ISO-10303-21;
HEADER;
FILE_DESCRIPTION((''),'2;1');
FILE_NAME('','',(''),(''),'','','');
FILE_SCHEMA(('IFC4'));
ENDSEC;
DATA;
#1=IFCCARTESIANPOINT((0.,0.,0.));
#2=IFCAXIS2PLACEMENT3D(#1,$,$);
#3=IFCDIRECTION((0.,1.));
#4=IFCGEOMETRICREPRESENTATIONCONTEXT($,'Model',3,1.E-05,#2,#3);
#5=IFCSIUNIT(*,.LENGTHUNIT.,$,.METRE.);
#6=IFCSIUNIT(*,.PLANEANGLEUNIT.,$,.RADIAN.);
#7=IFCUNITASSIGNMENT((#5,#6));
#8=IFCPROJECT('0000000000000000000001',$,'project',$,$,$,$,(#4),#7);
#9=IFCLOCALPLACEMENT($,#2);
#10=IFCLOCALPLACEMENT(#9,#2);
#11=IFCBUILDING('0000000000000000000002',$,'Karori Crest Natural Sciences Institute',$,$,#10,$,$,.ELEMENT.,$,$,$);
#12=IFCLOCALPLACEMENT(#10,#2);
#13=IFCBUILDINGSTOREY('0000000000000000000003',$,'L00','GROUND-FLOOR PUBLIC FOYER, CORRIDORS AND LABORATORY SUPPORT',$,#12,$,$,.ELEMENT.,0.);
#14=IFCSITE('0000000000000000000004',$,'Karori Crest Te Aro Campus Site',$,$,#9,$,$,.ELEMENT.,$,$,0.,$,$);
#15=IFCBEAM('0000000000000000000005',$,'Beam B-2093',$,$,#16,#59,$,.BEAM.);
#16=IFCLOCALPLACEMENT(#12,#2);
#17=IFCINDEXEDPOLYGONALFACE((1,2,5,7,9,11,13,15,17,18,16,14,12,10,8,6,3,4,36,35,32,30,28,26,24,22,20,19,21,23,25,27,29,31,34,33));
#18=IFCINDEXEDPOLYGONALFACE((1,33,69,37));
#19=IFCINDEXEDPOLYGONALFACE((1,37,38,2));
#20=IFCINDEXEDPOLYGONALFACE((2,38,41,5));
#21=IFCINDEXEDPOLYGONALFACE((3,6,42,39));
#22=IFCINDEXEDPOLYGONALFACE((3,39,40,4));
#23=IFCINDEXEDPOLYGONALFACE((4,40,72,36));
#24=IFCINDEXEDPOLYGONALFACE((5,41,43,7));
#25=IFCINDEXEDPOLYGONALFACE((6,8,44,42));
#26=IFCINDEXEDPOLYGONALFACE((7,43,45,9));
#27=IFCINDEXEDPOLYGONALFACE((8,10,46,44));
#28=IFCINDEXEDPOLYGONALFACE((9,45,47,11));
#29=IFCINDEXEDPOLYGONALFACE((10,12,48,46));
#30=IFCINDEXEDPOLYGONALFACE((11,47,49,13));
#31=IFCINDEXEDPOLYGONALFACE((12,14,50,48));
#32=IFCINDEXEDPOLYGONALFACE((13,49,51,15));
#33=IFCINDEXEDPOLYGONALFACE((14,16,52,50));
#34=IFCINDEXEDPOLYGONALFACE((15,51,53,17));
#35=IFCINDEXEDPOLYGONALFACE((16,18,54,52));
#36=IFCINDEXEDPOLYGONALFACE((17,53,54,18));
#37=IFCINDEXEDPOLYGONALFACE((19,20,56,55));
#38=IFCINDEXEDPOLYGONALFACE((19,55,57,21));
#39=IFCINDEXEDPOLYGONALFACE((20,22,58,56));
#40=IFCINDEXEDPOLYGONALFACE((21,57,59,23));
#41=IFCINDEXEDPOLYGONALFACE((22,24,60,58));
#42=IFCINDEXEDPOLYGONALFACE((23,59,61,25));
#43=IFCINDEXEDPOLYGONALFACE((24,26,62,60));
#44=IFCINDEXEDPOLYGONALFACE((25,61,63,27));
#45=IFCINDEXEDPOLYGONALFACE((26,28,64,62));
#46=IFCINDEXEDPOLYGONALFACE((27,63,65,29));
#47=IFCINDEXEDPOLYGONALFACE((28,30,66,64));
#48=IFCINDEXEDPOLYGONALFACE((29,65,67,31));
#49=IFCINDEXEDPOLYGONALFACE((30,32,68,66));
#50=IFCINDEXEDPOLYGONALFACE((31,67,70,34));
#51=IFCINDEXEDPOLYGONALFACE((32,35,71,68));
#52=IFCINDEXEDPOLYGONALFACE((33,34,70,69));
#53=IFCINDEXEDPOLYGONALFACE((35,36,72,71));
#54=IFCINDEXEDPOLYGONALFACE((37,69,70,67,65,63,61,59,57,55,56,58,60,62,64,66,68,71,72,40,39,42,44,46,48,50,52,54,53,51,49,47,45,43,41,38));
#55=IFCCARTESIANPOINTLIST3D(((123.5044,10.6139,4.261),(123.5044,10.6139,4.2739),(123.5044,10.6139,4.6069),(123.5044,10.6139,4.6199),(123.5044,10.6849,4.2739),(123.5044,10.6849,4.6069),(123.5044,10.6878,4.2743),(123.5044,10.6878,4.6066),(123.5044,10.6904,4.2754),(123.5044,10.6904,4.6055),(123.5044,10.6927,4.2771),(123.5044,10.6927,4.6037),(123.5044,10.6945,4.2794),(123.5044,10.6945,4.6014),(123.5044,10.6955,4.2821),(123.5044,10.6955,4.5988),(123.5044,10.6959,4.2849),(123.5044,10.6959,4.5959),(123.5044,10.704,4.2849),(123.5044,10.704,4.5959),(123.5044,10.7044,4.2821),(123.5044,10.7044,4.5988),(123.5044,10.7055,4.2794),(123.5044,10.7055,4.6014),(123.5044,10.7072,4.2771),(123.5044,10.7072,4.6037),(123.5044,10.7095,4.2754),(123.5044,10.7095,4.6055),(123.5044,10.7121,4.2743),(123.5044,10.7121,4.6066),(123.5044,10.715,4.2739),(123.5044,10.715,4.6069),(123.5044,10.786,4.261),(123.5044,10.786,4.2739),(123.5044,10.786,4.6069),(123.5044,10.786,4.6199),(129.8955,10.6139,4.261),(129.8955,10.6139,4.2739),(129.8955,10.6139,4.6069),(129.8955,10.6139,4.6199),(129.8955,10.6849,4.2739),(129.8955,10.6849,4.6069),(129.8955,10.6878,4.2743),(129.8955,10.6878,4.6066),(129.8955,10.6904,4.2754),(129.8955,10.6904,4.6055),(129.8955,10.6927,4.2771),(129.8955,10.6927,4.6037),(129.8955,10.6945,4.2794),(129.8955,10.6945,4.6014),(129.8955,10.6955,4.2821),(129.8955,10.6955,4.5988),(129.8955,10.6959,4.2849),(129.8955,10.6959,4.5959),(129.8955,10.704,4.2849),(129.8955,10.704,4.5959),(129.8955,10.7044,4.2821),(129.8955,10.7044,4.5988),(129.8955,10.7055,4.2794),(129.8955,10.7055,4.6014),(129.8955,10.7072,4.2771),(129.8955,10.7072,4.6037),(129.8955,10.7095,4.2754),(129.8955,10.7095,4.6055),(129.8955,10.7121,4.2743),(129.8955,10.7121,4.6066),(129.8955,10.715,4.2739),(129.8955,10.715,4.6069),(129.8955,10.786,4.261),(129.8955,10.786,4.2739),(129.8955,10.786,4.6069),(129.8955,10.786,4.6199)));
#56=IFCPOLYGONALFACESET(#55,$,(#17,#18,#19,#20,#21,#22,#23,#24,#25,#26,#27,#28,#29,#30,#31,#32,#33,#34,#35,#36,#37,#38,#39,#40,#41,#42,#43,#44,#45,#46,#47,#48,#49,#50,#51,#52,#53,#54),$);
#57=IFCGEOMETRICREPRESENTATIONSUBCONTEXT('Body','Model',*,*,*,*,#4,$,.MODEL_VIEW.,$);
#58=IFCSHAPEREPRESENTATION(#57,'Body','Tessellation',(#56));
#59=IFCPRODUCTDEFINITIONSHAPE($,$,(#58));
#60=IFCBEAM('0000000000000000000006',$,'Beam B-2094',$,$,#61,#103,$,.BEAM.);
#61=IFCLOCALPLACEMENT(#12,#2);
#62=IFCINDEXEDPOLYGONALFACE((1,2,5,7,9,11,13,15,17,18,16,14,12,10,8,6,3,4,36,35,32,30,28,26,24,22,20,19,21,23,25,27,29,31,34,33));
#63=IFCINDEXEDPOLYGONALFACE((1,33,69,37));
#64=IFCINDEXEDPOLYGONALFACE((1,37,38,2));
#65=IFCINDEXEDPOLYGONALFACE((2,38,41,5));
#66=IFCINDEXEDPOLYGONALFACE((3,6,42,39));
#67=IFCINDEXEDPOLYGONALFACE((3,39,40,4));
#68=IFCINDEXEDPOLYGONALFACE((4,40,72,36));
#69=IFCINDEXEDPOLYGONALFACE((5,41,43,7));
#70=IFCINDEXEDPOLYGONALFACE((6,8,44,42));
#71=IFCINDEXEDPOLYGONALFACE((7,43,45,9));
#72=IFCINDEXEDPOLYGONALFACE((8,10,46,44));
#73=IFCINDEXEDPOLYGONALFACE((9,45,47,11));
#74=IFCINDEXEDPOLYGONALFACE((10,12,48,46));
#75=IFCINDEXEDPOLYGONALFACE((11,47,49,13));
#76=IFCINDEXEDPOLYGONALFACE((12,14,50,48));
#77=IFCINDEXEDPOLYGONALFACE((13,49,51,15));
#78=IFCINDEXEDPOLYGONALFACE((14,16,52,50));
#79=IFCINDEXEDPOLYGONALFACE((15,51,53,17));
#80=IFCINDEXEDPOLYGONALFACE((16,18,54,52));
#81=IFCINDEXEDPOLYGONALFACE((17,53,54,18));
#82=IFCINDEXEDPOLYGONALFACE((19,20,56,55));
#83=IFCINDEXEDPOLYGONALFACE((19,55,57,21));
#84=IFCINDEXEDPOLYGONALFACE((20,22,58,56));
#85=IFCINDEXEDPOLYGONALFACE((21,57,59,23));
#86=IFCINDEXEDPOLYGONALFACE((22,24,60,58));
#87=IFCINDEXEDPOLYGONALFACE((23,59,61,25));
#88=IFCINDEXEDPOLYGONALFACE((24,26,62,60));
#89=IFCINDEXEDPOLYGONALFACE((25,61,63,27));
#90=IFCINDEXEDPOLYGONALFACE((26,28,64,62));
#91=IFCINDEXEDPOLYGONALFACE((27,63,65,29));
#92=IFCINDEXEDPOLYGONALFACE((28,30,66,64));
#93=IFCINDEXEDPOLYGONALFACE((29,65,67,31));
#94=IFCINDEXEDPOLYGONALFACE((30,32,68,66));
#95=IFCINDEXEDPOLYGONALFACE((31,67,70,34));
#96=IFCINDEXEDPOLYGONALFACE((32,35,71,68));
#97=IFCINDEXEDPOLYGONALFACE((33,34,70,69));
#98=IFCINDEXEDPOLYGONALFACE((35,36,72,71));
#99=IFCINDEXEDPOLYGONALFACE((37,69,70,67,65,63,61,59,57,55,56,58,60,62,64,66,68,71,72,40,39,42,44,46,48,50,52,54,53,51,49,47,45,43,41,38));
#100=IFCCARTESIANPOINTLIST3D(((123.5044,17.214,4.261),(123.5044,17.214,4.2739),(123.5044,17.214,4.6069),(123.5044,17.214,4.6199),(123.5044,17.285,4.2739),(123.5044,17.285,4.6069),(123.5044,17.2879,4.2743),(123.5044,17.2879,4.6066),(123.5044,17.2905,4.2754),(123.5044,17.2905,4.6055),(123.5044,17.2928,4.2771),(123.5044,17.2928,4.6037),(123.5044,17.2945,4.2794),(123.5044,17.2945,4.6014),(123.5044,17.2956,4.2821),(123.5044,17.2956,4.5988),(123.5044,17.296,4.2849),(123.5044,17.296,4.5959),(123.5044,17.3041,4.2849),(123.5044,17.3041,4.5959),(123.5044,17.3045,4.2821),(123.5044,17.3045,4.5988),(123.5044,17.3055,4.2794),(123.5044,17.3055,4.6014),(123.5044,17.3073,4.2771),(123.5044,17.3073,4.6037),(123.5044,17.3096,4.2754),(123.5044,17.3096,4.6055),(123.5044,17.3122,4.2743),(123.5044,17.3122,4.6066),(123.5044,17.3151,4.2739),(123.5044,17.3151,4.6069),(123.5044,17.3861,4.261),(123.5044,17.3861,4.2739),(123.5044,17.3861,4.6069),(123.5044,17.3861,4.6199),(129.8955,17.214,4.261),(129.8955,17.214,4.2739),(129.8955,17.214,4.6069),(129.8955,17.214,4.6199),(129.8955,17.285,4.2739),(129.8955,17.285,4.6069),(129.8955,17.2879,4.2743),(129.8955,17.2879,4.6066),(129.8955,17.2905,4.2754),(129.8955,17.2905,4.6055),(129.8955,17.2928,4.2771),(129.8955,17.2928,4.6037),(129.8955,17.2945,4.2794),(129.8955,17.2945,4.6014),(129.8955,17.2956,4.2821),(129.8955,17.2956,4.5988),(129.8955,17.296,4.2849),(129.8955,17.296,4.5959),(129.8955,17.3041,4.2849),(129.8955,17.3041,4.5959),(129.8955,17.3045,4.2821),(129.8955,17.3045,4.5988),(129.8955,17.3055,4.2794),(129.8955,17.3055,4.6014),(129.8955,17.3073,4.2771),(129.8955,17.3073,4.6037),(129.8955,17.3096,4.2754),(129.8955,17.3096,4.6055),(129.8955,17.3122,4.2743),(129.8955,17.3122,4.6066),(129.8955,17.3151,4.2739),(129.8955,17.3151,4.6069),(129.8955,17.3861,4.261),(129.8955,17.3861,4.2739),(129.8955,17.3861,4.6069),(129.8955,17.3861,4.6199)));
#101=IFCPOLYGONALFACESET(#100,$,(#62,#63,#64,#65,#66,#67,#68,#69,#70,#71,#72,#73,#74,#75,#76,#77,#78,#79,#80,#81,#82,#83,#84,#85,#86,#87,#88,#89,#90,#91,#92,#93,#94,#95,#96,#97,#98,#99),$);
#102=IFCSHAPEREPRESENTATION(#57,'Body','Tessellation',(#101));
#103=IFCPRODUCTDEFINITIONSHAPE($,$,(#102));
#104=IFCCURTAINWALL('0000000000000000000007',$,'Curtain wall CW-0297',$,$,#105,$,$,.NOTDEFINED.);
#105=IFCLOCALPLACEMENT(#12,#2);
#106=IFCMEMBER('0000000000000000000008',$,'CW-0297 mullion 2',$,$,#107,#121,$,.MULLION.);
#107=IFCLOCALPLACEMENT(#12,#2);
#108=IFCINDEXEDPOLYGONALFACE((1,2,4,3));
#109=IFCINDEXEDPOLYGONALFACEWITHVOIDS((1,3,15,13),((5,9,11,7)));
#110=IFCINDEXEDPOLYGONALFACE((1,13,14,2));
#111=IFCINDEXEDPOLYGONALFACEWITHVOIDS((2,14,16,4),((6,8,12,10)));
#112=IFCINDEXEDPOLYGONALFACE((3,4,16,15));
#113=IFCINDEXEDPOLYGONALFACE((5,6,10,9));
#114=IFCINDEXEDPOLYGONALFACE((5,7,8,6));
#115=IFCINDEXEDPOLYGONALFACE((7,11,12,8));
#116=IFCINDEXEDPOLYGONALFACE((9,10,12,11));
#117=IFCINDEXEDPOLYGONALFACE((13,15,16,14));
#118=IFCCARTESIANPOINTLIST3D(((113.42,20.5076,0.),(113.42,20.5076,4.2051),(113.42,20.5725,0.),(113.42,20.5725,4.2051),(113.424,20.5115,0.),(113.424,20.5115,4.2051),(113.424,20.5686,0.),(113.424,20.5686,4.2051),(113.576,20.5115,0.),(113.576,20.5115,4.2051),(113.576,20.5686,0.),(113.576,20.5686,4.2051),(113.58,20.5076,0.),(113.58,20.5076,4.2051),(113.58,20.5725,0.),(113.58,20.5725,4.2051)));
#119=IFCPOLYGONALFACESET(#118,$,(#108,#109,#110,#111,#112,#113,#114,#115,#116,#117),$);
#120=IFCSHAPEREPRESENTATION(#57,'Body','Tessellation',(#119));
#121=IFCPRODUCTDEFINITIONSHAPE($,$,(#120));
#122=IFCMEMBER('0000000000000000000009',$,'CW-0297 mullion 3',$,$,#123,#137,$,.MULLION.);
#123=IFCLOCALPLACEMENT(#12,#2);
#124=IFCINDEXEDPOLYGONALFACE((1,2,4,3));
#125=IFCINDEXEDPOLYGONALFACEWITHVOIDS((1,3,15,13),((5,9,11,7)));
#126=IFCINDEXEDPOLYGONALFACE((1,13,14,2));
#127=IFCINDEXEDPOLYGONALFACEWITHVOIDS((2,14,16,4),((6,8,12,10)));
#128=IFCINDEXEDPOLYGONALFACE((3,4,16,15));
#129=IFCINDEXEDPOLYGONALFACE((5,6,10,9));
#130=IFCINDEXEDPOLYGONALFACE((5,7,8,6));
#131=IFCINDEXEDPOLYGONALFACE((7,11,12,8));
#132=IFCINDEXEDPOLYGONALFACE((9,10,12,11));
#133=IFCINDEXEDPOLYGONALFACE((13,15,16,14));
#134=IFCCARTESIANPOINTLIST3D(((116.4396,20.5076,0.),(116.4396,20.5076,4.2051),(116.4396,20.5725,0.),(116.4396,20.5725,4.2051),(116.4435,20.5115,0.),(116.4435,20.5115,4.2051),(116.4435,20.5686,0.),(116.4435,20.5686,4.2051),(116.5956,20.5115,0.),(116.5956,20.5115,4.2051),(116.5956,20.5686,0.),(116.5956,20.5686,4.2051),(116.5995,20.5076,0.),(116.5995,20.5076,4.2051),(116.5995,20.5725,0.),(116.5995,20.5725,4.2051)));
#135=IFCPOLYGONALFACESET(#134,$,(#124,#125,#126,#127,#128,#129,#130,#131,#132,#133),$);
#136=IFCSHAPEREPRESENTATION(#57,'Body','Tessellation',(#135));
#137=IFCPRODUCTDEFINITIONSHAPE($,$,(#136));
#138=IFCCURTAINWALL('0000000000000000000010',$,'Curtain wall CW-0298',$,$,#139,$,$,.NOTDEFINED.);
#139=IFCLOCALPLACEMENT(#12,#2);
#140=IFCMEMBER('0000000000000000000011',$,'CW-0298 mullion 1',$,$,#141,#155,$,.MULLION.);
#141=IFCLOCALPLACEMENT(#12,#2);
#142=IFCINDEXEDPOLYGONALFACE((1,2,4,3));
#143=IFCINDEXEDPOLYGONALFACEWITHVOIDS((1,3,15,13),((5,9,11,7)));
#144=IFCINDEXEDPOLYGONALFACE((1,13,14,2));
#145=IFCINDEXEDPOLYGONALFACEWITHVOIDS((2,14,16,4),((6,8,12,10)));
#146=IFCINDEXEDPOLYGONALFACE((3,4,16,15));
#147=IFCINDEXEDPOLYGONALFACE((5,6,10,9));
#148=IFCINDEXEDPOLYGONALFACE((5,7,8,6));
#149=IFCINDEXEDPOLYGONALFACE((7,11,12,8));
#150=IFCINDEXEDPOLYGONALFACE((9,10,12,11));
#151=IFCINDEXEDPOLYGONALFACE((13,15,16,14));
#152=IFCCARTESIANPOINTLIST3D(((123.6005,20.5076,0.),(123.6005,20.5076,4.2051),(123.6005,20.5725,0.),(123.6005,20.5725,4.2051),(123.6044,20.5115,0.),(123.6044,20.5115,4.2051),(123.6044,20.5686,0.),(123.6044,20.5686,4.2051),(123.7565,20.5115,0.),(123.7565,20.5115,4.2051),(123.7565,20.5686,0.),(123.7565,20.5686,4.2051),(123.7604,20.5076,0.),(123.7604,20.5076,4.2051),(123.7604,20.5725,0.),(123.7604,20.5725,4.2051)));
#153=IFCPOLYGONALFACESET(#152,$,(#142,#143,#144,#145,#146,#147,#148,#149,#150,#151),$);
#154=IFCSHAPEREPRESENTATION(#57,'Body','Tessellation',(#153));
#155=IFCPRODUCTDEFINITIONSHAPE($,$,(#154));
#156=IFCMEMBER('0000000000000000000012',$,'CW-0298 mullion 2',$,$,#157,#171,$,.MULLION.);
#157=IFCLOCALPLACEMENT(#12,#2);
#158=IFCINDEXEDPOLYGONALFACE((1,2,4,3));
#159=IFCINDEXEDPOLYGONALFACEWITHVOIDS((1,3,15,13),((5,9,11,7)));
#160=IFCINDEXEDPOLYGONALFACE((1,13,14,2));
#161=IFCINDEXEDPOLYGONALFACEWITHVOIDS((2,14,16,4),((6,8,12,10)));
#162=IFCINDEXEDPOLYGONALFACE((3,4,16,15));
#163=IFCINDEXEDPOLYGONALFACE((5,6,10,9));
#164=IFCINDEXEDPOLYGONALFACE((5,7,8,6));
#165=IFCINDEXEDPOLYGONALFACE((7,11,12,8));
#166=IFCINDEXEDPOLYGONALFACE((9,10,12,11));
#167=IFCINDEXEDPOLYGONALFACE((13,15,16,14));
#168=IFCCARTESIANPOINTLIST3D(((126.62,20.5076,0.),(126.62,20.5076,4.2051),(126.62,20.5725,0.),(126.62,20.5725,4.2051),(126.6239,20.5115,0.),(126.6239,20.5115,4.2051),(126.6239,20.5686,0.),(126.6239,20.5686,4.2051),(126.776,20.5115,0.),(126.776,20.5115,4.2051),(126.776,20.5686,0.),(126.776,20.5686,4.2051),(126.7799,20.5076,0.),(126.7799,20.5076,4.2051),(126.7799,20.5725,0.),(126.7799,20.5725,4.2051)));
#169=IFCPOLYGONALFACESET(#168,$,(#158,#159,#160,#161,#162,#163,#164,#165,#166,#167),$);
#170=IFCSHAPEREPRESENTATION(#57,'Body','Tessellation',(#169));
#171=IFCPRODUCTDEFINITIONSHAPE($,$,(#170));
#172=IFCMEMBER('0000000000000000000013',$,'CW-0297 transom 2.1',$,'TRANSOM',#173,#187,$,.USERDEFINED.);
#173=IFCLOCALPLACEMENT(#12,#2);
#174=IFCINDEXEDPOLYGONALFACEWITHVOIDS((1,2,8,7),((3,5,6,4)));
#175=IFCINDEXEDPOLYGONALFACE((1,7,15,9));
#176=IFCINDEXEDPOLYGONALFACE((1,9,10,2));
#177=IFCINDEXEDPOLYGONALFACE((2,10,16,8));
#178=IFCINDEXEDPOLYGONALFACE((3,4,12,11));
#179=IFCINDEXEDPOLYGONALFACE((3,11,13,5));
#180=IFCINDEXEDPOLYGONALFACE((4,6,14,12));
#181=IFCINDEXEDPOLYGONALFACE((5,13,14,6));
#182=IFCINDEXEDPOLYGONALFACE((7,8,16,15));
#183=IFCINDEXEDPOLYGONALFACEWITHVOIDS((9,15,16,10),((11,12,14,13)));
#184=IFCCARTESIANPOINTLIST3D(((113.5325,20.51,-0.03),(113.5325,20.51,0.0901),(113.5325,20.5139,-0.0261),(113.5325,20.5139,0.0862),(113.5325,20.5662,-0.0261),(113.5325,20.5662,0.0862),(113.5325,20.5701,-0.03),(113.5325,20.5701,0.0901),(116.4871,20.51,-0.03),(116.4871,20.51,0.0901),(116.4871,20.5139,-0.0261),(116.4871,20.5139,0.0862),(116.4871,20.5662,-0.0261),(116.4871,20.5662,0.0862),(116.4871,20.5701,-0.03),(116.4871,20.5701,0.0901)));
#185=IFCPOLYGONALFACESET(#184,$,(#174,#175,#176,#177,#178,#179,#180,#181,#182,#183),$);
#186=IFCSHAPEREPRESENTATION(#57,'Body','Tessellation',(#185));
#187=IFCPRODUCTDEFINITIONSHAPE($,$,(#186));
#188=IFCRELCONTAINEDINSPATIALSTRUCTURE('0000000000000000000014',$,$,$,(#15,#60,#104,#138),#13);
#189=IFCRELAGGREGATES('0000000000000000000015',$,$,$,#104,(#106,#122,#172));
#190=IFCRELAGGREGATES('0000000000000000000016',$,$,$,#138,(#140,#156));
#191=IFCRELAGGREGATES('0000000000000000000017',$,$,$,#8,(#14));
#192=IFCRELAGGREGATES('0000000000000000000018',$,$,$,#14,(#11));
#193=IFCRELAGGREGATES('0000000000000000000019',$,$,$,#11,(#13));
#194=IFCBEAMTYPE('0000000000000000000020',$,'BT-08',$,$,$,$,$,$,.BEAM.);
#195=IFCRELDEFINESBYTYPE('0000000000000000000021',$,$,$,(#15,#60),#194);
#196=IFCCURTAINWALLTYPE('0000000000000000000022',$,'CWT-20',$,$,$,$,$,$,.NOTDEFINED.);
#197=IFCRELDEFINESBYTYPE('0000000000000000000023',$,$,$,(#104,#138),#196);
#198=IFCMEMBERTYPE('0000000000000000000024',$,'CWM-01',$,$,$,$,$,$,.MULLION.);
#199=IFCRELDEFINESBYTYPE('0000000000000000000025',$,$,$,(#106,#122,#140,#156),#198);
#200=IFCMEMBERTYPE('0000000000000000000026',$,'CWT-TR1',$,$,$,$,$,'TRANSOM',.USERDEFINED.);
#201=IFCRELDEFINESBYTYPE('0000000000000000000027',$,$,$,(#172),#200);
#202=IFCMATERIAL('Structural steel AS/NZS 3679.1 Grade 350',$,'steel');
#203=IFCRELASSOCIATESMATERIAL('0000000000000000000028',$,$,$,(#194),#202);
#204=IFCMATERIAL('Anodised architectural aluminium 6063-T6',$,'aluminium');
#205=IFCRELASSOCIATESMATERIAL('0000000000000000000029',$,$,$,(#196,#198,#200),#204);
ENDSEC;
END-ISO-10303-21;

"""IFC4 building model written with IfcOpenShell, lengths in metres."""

from ifc_helpers import new_model, si_unit, direction, frame, origin, origin_2d, place, context, subcontext, project, spatial, hollow_rectangle, i_section, extrude, material, material_profile, profile_set, type_object, element, aggregate, save


model = new_model("IFC4")

# Units and contexts
model_context = context("Model", 3, precision=1e-05, world=origin(), true_north=direction((0.0, 1.0)))
body_context = subcontext(model_context, "Body", "Model", "MODEL_VIEW")
ifc_project = project(units=[si_unit("LENGTHUNIT", "METRE"), si_unit("PLANEANGLEUNIT", "RADIAN")], contexts=[model_context])

# Site, building, storey
site_placement = place(None, origin())
site = spatial("IfcSite", under=ifc_project, at=site_placement, Name="Karori Crest Te Aro Campus Site", CompositionType="ELEMENT", RefElevation=0.0)
building_placement = place(site_placement, origin())
building = spatial("IfcBuilding", under=site, at=building_placement, Name="Karori Crest Natural Sciences Institute", CompositionType="ELEMENT")
storey_placement = place(building_placement, origin())
storey = spatial("IfcBuildingStorey", under=building, at=storey_placement, Name="L00", Description="GROUND-FLOOR PUBLIC FOYER, CORRIDORS AND LABORATORY SUPPORT", CompositionType="ELEMENT", Elevation=0.0)

# Shared definitions
ifc_material_1 = material(Name="Structural steel AS/NZS 3679.1 Grade 350", Category="steel")

# Beams
ifc_material_profile_1 = material_profile(ifc_material_1, i_section(OverallWidth=0.1721, OverallDepth=0.3589, WebThickness=0.0081, FlangeThickness=0.0129, FilletRadius=0.011, at=origin_2d()), Name="360UB56.7")
ifc_profile_set_1 = profile_set([ifc_material_profile_1], Name="Structural steel AS/NZS 3679.1 Grade 350")
beam_type_1 = type_object("IfcBeamType", Name="BT-08", PredefinedType="BEAM", material=ifc_profile_set_1)
for number, where, z_axis, x_axis, name in (
    (1, (123.5044, 10.7, 4.4404), (1.0, 0.0, 0.0), (0.0, 1.0, 0.0), "Beam B-2093"),
    (2, (123.5044, 17.3, 4.4404), (1.0, 0.0, 0.0), (0.0, 1.0, 0.0), "Beam B-2094"),
):
    element("IfcBeam", number, at=place(storey_placement, frame(where, z_axis=z_axis, x_axis=x_axis)), inside=storey, type_object=beam_type_1, Name=name, PredefinedType="BEAM", context=body_context, shape_type="SweptSolid", body=[
        extrude(i_section(OverallWidth=0.1721, OverallDepth=0.3589, WebThickness=0.0081, FlangeThickness=0.0129, FilletRadius=0.011, at=origin_2d()), origin(), (0.0, 0.0, 1.0), 6.3911),
    ])

# Curtain walls, members
ifc_material_2 = material(Name="Anodised architectural aluminium 6063-T6", Category="aluminium")
curtain_wall_type = type_object("IfcCurtainWallType", Name="CWT-20", PredefinedType="NOTDEFINED", material=ifc_material_2)
curtain_wall_1_placement = place(storey_placement, origin())
curtain_wall_1 = element("IfcCurtainWall", 3, at=curtain_wall_1_placement, inside=storey, type_object=curtain_wall_type, Name="Curtain wall CW-0297", PredefinedType="NOTDEFINED")
ifc_material_profile_2 = material_profile(ifc_material_2, hollow_rectangle(XDim=0.0649, YDim=0.1599, WallThickness=0.0039, at=origin_2d()), Name="CWM160x65x4")
ifc_profile_set_2 = profile_set([ifc_material_profile_2], Name="Anodised architectural aluminium 6063-T6")
member_type_1 = type_object("IfcMemberType", Name="CWM-01", PredefinedType="MULLION", material=ifc_profile_set_2)
member_1_placement = place(storey_placement, frame((113.5, 20.54, 0.0), z_axis=(0.0, 0.0, 1.0), x_axis=(0.0, 1.0, 0.0)))
member_1 = element("IfcMember", 4, at=member_1_placement, type_object=member_type_1, Name="CW-0297 mullion 2", PredefinedType="MULLION", context=body_context, shape_type="SweptSolid", body=[
    extrude(hollow_rectangle(XDim=0.0649, YDim=0.1599, WallThickness=0.0039, at=origin_2d()), origin(), (0.0, 0.0, 1.0), 4.2051),
])
member_2_placement = place(storey_placement, frame((116.5195, 20.54, 0.0), z_axis=(0.0, 0.0, 1.0), x_axis=(0.0, 1.0, 0.0)))
member_2 = element("IfcMember", 5, at=member_2_placement, type_object=member_type_1, Name="CW-0297 mullion 3", PredefinedType="MULLION", context=body_context, shape_type="SweptSolid", body=[
    extrude(hollow_rectangle(XDim=0.0649, YDim=0.1599, WallThickness=0.0039, at=origin_2d()), origin(), (0.0, 0.0, 1.0), 4.2051),
])
curtain_wall_2_placement = place(storey_placement, origin())
curtain_wall_2 = element("IfcCurtainWall", 6, at=curtain_wall_2_placement, inside=storey, type_object=curtain_wall_type, Name="Curtain wall CW-0298", PredefinedType="NOTDEFINED")
member_3_placement = place(storey_placement, frame((123.6804, 20.54, 0.0), z_axis=(0.0, 0.0, 1.0), x_axis=(0.0, 1.0, 0.0)))
member_3 = element("IfcMember", 7, at=member_3_placement, type_object=member_type_1, Name="CW-0298 mullion 1", PredefinedType="MULLION", context=body_context, shape_type="SweptSolid", body=[
    extrude(hollow_rectangle(XDim=0.0649, YDim=0.1599, WallThickness=0.0039, at=origin_2d()), origin(), (0.0, 0.0, 1.0), 4.2051),
])
member_4_placement = place(storey_placement, frame((126.7, 20.54, 0.0), z_axis=(0.0, 0.0, 1.0), x_axis=(0.0, 1.0, 0.0)))
member_4 = element("IfcMember", 8, at=member_4_placement, type_object=member_type_1, Name="CW-0298 mullion 2", PredefinedType="MULLION", context=body_context, shape_type="SweptSolid", body=[
    extrude(hollow_rectangle(XDim=0.0649, YDim=0.1599, WallThickness=0.0039, at=origin_2d()), origin(), (0.0, 0.0, 1.0), 4.2051),
])

# Member
ifc_material_profile_3 = material_profile(ifc_material_2, hollow_rectangle(XDim=0.0601, YDim=0.1201, WallThickness=0.0039, at=origin_2d()), Name="CWT120x60x4")
ifc_profile_set_3 = profile_set([ifc_material_profile_3], Name="Anodised architectural aluminium 6063-T6")
member_type_2 = type_object("IfcMemberType", Name="CWT-TR1", ElementType="TRANSOM", PredefinedType="USERDEFINED", material=ifc_profile_set_3)
member_5_placement = place(storey_placement, frame((113.5325, 20.54, 0.03), z_axis=(1.0, 0.0, 0.0), x_axis=(0.0, 1.0, 0.0)))
member_5 = element("IfcMember", 9, at=member_5_placement, type_object=member_type_2, Name="CW-0297 transom 2.1", ObjectType="TRANSOM", PredefinedType="USERDEFINED", context=body_context, shape_type="SweptSolid", body=[
    extrude(hollow_rectangle(XDim=0.0601, YDim=0.1201, WallThickness=0.0039, at=origin_2d()), origin(), (0.0, 0.0, 1.0), 2.9546),
])

aggregate(curtain_wall_1, [member_1, member_2, member_5])
aggregate(curtain_wall_2, [member_3, member_4])

save(model, "model.ifc")
